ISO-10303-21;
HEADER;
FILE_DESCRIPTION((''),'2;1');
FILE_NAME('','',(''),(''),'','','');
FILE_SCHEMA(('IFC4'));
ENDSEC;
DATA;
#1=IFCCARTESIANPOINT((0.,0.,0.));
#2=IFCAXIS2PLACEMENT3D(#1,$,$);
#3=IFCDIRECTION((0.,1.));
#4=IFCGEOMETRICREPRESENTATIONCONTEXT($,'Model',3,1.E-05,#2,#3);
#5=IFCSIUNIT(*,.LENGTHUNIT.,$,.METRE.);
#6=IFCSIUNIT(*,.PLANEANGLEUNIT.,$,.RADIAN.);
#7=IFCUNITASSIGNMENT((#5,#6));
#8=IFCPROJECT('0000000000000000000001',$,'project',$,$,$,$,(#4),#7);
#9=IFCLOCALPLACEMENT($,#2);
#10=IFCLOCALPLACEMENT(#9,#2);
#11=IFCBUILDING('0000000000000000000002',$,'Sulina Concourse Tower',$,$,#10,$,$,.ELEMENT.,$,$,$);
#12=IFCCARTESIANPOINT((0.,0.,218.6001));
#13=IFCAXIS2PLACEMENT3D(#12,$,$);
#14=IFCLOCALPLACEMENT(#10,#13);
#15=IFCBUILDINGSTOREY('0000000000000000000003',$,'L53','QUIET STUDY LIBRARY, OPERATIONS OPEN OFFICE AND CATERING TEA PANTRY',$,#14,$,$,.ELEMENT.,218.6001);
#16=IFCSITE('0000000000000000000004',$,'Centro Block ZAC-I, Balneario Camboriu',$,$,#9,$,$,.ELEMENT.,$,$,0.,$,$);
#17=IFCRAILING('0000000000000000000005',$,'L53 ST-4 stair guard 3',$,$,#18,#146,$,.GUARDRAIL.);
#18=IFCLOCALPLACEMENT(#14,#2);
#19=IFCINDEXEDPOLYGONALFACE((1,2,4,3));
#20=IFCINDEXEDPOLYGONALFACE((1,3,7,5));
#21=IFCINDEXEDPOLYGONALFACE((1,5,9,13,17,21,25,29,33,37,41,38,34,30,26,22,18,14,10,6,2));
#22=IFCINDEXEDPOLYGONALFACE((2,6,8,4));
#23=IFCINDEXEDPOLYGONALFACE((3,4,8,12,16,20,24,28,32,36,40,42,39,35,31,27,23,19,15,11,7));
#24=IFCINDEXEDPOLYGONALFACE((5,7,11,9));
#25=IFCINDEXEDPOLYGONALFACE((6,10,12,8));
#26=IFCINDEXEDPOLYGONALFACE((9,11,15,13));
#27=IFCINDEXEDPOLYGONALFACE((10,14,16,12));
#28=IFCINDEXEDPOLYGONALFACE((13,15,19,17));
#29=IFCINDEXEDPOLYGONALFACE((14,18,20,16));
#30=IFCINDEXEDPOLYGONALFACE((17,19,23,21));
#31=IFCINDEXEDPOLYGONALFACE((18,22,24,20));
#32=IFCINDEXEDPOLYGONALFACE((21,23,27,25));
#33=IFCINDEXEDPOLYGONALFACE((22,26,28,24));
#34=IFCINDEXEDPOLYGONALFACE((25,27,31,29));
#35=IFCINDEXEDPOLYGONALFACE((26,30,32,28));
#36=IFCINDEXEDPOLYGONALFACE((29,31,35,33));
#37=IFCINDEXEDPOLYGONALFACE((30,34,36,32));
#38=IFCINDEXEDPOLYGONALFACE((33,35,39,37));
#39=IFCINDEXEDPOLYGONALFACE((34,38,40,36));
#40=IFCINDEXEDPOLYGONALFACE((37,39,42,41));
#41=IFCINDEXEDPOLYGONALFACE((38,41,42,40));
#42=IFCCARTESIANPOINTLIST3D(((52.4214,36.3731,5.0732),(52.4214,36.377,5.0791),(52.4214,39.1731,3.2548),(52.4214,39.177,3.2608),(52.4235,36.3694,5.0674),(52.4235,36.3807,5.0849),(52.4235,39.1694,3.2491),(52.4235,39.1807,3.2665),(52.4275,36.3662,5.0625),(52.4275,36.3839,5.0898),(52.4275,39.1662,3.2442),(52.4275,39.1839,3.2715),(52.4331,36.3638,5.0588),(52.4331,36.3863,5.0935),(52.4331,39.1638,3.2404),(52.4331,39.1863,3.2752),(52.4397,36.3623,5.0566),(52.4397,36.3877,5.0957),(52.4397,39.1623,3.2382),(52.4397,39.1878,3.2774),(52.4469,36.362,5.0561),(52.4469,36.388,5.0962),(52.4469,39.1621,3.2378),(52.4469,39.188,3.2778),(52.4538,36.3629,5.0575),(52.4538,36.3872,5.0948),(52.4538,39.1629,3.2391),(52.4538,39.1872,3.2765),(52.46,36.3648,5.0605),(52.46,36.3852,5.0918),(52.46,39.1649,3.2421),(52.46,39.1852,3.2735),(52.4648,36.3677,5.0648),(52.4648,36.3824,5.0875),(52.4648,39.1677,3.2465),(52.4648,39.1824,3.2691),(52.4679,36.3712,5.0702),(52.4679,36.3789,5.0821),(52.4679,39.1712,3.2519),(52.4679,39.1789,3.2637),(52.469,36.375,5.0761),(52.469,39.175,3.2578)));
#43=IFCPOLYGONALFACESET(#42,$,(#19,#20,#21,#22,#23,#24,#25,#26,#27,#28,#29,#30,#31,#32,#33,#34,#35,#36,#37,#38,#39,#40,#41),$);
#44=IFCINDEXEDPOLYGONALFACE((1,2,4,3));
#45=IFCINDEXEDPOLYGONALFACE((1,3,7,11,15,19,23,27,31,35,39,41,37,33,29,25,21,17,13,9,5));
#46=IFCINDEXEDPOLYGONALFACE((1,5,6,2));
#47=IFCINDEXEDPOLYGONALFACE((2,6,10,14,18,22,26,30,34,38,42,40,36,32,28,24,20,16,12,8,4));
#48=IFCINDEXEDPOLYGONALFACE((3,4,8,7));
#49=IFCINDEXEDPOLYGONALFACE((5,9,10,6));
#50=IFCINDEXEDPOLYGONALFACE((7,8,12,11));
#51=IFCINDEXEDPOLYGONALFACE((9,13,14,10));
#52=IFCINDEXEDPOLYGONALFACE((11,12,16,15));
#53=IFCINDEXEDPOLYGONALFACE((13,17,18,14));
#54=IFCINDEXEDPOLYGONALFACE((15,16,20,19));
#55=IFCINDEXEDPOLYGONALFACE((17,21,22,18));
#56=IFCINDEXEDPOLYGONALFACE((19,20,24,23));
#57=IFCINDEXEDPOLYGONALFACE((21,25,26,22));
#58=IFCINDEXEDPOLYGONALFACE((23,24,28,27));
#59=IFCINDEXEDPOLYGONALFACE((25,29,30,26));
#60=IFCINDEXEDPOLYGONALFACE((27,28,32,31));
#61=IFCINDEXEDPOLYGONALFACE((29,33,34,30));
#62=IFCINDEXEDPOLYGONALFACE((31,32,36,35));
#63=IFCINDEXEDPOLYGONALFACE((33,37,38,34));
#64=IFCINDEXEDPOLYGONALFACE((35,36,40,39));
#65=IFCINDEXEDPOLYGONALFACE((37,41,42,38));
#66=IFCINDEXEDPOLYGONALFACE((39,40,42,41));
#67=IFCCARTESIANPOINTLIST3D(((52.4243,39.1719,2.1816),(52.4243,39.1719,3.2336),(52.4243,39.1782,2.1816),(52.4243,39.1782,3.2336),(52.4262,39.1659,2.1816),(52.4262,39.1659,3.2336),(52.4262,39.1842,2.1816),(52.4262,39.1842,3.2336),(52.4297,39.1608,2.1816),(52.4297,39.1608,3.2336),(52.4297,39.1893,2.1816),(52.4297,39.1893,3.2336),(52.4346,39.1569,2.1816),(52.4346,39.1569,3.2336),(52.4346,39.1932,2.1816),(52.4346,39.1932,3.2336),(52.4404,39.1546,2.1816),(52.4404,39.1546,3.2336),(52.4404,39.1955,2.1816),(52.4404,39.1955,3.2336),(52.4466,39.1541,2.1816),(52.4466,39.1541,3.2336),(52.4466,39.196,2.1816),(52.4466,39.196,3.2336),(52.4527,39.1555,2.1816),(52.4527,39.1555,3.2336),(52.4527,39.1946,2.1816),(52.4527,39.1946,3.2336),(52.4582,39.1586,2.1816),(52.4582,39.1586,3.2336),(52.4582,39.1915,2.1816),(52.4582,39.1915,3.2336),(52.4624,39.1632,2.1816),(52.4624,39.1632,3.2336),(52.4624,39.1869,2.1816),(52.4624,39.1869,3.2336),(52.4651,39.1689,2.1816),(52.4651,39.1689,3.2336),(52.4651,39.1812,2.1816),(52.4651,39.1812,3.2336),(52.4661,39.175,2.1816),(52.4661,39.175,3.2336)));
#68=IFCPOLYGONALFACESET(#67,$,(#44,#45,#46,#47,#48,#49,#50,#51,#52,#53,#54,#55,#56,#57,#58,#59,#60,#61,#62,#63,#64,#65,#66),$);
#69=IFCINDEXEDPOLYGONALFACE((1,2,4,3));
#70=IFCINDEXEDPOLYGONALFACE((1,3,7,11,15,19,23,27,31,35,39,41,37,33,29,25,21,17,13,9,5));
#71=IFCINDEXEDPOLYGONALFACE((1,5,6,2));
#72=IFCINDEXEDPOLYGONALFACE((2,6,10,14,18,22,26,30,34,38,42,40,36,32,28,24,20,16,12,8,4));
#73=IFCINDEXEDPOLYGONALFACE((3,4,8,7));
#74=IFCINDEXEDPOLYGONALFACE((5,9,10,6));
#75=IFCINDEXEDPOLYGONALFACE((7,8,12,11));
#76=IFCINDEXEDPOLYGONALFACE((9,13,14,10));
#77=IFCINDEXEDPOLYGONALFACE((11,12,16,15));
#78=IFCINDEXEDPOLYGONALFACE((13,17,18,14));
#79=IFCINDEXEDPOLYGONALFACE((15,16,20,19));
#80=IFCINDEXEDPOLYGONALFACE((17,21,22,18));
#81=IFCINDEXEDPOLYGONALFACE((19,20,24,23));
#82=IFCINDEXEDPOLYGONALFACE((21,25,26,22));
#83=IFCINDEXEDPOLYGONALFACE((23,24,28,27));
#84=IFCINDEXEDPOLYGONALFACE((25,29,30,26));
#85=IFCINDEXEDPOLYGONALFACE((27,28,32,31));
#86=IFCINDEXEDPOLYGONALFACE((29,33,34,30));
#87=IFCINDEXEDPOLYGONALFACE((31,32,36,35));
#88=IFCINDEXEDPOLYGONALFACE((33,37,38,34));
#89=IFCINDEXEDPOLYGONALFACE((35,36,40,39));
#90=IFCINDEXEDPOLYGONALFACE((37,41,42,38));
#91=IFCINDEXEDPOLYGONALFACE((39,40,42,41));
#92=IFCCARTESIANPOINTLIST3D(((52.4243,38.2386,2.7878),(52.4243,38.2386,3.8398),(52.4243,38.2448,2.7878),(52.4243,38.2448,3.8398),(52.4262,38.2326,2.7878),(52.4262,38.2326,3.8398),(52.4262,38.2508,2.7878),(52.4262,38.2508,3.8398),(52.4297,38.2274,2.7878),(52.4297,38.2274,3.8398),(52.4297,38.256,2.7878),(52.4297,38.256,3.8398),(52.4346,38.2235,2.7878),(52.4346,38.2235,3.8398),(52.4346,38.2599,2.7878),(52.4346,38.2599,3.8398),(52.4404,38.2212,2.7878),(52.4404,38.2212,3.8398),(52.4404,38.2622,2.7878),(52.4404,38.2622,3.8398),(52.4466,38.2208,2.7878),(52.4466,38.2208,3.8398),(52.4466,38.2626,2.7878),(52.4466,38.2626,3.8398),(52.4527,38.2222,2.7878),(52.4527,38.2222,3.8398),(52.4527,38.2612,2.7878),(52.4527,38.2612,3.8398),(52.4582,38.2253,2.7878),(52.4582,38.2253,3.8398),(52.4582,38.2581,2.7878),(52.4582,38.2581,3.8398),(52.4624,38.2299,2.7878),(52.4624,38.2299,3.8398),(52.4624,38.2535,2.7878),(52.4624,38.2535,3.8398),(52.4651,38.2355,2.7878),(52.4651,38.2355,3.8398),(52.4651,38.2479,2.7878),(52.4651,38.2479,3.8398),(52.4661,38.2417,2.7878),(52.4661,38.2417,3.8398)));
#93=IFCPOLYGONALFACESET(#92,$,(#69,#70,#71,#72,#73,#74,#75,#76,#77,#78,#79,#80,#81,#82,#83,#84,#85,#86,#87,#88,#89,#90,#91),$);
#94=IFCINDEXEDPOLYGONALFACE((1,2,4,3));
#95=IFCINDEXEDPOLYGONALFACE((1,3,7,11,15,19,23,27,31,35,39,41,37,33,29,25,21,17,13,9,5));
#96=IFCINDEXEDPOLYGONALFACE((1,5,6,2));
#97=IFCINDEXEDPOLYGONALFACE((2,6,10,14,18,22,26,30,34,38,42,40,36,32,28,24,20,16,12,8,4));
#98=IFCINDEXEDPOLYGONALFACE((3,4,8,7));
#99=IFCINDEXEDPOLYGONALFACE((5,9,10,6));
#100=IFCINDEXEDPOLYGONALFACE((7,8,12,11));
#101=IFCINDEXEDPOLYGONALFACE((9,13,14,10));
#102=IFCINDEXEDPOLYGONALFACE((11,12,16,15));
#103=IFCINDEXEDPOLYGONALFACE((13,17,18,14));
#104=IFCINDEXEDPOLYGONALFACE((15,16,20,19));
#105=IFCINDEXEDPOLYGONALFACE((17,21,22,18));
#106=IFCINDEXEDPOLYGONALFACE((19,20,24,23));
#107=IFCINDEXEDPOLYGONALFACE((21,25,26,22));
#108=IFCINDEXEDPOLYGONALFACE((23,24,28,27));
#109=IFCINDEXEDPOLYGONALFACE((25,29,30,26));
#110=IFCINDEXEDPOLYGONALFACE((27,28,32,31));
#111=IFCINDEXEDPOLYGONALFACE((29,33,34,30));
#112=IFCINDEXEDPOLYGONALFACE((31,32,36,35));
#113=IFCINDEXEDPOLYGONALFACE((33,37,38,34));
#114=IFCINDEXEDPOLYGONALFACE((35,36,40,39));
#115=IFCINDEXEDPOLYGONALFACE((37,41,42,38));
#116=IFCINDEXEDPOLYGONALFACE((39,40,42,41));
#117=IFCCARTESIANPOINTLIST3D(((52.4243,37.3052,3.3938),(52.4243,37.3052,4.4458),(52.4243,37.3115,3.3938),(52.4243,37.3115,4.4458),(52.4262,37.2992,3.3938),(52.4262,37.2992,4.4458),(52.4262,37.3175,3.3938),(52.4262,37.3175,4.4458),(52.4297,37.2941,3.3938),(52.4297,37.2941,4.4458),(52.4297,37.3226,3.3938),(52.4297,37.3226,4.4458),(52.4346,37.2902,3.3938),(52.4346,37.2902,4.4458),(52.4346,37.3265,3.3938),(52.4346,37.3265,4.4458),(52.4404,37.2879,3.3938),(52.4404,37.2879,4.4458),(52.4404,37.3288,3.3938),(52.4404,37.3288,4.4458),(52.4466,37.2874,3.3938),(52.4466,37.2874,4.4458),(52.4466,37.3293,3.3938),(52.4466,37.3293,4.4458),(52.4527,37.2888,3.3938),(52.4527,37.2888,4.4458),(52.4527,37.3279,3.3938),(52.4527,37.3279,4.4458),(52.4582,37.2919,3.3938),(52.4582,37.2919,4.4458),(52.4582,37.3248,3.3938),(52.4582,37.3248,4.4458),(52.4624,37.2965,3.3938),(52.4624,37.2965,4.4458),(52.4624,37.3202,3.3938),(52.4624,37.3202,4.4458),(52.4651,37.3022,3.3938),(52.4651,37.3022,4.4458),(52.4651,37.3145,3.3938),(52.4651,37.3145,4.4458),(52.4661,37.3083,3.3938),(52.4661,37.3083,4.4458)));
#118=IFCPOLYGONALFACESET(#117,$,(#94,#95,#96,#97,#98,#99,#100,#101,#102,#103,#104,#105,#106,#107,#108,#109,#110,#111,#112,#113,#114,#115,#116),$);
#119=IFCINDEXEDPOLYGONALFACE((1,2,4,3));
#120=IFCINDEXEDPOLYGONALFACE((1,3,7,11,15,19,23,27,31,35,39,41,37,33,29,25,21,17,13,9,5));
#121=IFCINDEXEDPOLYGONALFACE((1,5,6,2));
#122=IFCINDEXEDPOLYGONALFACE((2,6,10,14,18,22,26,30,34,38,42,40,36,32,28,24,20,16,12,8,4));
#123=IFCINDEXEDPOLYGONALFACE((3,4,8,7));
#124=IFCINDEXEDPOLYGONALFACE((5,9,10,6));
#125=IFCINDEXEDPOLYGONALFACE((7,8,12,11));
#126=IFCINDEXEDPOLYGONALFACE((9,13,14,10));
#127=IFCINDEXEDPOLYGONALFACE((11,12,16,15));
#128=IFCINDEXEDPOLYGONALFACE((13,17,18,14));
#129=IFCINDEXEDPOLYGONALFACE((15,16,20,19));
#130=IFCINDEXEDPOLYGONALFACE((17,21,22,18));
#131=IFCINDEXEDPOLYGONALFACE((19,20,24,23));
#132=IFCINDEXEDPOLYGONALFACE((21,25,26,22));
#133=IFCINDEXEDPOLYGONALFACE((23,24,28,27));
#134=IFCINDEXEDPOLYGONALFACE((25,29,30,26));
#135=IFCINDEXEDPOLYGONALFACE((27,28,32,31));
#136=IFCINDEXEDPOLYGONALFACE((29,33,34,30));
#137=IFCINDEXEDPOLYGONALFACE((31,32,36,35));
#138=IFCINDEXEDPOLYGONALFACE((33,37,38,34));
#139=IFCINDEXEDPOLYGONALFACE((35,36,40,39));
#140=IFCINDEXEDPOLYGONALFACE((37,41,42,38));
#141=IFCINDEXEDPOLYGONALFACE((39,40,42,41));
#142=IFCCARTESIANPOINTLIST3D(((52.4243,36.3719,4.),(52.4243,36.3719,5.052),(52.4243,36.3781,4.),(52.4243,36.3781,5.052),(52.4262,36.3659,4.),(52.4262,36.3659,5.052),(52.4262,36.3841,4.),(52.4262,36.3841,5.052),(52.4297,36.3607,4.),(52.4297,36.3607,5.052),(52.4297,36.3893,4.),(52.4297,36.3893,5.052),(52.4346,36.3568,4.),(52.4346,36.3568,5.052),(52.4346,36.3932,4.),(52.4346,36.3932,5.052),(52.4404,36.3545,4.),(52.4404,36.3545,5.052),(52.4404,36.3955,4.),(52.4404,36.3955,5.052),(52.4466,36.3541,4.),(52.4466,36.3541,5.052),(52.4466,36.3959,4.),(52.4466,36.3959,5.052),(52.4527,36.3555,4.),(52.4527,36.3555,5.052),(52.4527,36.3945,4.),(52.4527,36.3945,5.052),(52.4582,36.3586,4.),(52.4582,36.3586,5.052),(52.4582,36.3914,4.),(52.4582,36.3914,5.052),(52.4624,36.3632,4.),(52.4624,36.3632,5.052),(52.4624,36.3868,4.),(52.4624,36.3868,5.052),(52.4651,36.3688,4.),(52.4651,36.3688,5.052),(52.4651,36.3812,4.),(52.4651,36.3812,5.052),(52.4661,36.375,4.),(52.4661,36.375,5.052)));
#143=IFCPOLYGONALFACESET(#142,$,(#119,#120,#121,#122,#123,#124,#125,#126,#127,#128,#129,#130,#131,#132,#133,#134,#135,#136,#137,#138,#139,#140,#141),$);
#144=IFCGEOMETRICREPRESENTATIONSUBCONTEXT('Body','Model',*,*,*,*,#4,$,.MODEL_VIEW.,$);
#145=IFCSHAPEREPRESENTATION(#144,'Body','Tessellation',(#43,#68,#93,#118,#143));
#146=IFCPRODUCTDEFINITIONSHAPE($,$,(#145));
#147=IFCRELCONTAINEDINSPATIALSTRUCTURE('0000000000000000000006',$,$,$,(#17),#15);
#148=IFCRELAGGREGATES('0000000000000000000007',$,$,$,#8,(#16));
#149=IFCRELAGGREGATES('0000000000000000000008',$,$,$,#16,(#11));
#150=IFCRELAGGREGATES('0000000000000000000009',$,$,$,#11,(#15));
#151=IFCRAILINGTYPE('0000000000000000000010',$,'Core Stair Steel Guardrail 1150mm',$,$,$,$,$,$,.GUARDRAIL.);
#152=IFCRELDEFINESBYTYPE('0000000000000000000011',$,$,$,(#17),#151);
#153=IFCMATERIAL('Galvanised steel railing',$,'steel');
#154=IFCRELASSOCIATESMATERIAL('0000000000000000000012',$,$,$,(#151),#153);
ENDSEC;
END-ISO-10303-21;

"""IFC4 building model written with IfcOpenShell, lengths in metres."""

from ifc_helpers import new_model, si_unit, direction, frame, origin, origin_2d, place, context, subcontext, project, spatial, circle, extrude, material, type_object, element, save


model = new_model("IFC4")

# Units and contexts
model_context = context("Model", 3, precision=1e-05, world=origin(), true_north=direction((0.0, 1.0)))
body_context = subcontext(model_context, "Body", "Model", "MODEL_VIEW")
ifc_project = project(units=[si_unit("LENGTHUNIT", "METRE"), si_unit("PLANEANGLEUNIT", "RADIAN")], contexts=[model_context])

# Site, building, storey
site_placement = place(None, origin())
site = spatial("IfcSite", under=ifc_project, at=site_placement, Name="Centro Block ZAC-I, Balneario Camboriu", CompositionType="ELEMENT", RefElevation=0.0)
building_placement = place(site_placement, origin())
building = spatial("IfcBuilding", under=site, at=building_placement, Name="Sulina Concourse Tower", CompositionType="ELEMENT")
storey_placement = place(building_placement, frame((0.0, 0.0, 218.6001)))
storey = spatial("IfcBuildingStorey", under=building, at=storey_placement, Name="L53", Description="QUIET STUDY LIBRARY, OPERATIONS OPEN OFFICE AND CATERING TEA PANTRY", CompositionType="ELEMENT", Elevation=218.6001)

# Railing
ifc_material_1 = material(Name="Galvanised steel railing", Category="steel")
railing_type_1 = type_object("IfcRailingType", Name="Core Stair Steel Guardrail 1150mm", PredefinedType="GUARDRAIL", material=ifc_material_1)
railing_1_placement = place(storey_placement, frame((52.4451, 39.175, 2.1816)))
element("IfcRailing", 1, at=railing_1_placement, inside=storey, type_object=railing_type_1, Name="L53 ST-4 stair guard 3", PredefinedType="GUARDRAIL", context=body_context, shape_type="SweptSolid", body=[
    extrude(circle(Radius=0.0239, at=origin_2d()), frame((0.0, 0.0, 1.0762), z_axis=(0.0, -0.838672, 0.544636), x_axis=(1.0, 0.0, 0.0)), (0.0, 0.0, 1.0), 3.3386),
    extrude(circle(Radius=0.021, at=origin_2d()), origin(), (0.0, 0.0, 1.0), 1.052),
    extrude(circle(Radius=0.021, at=origin_2d()), frame((0.0, -0.9333, 0.6062)), (0.0, 0.0, 1.0), 1.052),
    extrude(circle(Radius=0.021, at=origin_2d()), frame((0.0, -1.8667, 1.2122)), (0.0, 0.0, 1.0), 1.052),
    extrude(circle(Radius=0.021, at=origin_2d()), frame((0.0, -2.8, 1.8184)), (0.0, 0.0, 1.0), 1.052),
])

save(model, "model.ifc")
